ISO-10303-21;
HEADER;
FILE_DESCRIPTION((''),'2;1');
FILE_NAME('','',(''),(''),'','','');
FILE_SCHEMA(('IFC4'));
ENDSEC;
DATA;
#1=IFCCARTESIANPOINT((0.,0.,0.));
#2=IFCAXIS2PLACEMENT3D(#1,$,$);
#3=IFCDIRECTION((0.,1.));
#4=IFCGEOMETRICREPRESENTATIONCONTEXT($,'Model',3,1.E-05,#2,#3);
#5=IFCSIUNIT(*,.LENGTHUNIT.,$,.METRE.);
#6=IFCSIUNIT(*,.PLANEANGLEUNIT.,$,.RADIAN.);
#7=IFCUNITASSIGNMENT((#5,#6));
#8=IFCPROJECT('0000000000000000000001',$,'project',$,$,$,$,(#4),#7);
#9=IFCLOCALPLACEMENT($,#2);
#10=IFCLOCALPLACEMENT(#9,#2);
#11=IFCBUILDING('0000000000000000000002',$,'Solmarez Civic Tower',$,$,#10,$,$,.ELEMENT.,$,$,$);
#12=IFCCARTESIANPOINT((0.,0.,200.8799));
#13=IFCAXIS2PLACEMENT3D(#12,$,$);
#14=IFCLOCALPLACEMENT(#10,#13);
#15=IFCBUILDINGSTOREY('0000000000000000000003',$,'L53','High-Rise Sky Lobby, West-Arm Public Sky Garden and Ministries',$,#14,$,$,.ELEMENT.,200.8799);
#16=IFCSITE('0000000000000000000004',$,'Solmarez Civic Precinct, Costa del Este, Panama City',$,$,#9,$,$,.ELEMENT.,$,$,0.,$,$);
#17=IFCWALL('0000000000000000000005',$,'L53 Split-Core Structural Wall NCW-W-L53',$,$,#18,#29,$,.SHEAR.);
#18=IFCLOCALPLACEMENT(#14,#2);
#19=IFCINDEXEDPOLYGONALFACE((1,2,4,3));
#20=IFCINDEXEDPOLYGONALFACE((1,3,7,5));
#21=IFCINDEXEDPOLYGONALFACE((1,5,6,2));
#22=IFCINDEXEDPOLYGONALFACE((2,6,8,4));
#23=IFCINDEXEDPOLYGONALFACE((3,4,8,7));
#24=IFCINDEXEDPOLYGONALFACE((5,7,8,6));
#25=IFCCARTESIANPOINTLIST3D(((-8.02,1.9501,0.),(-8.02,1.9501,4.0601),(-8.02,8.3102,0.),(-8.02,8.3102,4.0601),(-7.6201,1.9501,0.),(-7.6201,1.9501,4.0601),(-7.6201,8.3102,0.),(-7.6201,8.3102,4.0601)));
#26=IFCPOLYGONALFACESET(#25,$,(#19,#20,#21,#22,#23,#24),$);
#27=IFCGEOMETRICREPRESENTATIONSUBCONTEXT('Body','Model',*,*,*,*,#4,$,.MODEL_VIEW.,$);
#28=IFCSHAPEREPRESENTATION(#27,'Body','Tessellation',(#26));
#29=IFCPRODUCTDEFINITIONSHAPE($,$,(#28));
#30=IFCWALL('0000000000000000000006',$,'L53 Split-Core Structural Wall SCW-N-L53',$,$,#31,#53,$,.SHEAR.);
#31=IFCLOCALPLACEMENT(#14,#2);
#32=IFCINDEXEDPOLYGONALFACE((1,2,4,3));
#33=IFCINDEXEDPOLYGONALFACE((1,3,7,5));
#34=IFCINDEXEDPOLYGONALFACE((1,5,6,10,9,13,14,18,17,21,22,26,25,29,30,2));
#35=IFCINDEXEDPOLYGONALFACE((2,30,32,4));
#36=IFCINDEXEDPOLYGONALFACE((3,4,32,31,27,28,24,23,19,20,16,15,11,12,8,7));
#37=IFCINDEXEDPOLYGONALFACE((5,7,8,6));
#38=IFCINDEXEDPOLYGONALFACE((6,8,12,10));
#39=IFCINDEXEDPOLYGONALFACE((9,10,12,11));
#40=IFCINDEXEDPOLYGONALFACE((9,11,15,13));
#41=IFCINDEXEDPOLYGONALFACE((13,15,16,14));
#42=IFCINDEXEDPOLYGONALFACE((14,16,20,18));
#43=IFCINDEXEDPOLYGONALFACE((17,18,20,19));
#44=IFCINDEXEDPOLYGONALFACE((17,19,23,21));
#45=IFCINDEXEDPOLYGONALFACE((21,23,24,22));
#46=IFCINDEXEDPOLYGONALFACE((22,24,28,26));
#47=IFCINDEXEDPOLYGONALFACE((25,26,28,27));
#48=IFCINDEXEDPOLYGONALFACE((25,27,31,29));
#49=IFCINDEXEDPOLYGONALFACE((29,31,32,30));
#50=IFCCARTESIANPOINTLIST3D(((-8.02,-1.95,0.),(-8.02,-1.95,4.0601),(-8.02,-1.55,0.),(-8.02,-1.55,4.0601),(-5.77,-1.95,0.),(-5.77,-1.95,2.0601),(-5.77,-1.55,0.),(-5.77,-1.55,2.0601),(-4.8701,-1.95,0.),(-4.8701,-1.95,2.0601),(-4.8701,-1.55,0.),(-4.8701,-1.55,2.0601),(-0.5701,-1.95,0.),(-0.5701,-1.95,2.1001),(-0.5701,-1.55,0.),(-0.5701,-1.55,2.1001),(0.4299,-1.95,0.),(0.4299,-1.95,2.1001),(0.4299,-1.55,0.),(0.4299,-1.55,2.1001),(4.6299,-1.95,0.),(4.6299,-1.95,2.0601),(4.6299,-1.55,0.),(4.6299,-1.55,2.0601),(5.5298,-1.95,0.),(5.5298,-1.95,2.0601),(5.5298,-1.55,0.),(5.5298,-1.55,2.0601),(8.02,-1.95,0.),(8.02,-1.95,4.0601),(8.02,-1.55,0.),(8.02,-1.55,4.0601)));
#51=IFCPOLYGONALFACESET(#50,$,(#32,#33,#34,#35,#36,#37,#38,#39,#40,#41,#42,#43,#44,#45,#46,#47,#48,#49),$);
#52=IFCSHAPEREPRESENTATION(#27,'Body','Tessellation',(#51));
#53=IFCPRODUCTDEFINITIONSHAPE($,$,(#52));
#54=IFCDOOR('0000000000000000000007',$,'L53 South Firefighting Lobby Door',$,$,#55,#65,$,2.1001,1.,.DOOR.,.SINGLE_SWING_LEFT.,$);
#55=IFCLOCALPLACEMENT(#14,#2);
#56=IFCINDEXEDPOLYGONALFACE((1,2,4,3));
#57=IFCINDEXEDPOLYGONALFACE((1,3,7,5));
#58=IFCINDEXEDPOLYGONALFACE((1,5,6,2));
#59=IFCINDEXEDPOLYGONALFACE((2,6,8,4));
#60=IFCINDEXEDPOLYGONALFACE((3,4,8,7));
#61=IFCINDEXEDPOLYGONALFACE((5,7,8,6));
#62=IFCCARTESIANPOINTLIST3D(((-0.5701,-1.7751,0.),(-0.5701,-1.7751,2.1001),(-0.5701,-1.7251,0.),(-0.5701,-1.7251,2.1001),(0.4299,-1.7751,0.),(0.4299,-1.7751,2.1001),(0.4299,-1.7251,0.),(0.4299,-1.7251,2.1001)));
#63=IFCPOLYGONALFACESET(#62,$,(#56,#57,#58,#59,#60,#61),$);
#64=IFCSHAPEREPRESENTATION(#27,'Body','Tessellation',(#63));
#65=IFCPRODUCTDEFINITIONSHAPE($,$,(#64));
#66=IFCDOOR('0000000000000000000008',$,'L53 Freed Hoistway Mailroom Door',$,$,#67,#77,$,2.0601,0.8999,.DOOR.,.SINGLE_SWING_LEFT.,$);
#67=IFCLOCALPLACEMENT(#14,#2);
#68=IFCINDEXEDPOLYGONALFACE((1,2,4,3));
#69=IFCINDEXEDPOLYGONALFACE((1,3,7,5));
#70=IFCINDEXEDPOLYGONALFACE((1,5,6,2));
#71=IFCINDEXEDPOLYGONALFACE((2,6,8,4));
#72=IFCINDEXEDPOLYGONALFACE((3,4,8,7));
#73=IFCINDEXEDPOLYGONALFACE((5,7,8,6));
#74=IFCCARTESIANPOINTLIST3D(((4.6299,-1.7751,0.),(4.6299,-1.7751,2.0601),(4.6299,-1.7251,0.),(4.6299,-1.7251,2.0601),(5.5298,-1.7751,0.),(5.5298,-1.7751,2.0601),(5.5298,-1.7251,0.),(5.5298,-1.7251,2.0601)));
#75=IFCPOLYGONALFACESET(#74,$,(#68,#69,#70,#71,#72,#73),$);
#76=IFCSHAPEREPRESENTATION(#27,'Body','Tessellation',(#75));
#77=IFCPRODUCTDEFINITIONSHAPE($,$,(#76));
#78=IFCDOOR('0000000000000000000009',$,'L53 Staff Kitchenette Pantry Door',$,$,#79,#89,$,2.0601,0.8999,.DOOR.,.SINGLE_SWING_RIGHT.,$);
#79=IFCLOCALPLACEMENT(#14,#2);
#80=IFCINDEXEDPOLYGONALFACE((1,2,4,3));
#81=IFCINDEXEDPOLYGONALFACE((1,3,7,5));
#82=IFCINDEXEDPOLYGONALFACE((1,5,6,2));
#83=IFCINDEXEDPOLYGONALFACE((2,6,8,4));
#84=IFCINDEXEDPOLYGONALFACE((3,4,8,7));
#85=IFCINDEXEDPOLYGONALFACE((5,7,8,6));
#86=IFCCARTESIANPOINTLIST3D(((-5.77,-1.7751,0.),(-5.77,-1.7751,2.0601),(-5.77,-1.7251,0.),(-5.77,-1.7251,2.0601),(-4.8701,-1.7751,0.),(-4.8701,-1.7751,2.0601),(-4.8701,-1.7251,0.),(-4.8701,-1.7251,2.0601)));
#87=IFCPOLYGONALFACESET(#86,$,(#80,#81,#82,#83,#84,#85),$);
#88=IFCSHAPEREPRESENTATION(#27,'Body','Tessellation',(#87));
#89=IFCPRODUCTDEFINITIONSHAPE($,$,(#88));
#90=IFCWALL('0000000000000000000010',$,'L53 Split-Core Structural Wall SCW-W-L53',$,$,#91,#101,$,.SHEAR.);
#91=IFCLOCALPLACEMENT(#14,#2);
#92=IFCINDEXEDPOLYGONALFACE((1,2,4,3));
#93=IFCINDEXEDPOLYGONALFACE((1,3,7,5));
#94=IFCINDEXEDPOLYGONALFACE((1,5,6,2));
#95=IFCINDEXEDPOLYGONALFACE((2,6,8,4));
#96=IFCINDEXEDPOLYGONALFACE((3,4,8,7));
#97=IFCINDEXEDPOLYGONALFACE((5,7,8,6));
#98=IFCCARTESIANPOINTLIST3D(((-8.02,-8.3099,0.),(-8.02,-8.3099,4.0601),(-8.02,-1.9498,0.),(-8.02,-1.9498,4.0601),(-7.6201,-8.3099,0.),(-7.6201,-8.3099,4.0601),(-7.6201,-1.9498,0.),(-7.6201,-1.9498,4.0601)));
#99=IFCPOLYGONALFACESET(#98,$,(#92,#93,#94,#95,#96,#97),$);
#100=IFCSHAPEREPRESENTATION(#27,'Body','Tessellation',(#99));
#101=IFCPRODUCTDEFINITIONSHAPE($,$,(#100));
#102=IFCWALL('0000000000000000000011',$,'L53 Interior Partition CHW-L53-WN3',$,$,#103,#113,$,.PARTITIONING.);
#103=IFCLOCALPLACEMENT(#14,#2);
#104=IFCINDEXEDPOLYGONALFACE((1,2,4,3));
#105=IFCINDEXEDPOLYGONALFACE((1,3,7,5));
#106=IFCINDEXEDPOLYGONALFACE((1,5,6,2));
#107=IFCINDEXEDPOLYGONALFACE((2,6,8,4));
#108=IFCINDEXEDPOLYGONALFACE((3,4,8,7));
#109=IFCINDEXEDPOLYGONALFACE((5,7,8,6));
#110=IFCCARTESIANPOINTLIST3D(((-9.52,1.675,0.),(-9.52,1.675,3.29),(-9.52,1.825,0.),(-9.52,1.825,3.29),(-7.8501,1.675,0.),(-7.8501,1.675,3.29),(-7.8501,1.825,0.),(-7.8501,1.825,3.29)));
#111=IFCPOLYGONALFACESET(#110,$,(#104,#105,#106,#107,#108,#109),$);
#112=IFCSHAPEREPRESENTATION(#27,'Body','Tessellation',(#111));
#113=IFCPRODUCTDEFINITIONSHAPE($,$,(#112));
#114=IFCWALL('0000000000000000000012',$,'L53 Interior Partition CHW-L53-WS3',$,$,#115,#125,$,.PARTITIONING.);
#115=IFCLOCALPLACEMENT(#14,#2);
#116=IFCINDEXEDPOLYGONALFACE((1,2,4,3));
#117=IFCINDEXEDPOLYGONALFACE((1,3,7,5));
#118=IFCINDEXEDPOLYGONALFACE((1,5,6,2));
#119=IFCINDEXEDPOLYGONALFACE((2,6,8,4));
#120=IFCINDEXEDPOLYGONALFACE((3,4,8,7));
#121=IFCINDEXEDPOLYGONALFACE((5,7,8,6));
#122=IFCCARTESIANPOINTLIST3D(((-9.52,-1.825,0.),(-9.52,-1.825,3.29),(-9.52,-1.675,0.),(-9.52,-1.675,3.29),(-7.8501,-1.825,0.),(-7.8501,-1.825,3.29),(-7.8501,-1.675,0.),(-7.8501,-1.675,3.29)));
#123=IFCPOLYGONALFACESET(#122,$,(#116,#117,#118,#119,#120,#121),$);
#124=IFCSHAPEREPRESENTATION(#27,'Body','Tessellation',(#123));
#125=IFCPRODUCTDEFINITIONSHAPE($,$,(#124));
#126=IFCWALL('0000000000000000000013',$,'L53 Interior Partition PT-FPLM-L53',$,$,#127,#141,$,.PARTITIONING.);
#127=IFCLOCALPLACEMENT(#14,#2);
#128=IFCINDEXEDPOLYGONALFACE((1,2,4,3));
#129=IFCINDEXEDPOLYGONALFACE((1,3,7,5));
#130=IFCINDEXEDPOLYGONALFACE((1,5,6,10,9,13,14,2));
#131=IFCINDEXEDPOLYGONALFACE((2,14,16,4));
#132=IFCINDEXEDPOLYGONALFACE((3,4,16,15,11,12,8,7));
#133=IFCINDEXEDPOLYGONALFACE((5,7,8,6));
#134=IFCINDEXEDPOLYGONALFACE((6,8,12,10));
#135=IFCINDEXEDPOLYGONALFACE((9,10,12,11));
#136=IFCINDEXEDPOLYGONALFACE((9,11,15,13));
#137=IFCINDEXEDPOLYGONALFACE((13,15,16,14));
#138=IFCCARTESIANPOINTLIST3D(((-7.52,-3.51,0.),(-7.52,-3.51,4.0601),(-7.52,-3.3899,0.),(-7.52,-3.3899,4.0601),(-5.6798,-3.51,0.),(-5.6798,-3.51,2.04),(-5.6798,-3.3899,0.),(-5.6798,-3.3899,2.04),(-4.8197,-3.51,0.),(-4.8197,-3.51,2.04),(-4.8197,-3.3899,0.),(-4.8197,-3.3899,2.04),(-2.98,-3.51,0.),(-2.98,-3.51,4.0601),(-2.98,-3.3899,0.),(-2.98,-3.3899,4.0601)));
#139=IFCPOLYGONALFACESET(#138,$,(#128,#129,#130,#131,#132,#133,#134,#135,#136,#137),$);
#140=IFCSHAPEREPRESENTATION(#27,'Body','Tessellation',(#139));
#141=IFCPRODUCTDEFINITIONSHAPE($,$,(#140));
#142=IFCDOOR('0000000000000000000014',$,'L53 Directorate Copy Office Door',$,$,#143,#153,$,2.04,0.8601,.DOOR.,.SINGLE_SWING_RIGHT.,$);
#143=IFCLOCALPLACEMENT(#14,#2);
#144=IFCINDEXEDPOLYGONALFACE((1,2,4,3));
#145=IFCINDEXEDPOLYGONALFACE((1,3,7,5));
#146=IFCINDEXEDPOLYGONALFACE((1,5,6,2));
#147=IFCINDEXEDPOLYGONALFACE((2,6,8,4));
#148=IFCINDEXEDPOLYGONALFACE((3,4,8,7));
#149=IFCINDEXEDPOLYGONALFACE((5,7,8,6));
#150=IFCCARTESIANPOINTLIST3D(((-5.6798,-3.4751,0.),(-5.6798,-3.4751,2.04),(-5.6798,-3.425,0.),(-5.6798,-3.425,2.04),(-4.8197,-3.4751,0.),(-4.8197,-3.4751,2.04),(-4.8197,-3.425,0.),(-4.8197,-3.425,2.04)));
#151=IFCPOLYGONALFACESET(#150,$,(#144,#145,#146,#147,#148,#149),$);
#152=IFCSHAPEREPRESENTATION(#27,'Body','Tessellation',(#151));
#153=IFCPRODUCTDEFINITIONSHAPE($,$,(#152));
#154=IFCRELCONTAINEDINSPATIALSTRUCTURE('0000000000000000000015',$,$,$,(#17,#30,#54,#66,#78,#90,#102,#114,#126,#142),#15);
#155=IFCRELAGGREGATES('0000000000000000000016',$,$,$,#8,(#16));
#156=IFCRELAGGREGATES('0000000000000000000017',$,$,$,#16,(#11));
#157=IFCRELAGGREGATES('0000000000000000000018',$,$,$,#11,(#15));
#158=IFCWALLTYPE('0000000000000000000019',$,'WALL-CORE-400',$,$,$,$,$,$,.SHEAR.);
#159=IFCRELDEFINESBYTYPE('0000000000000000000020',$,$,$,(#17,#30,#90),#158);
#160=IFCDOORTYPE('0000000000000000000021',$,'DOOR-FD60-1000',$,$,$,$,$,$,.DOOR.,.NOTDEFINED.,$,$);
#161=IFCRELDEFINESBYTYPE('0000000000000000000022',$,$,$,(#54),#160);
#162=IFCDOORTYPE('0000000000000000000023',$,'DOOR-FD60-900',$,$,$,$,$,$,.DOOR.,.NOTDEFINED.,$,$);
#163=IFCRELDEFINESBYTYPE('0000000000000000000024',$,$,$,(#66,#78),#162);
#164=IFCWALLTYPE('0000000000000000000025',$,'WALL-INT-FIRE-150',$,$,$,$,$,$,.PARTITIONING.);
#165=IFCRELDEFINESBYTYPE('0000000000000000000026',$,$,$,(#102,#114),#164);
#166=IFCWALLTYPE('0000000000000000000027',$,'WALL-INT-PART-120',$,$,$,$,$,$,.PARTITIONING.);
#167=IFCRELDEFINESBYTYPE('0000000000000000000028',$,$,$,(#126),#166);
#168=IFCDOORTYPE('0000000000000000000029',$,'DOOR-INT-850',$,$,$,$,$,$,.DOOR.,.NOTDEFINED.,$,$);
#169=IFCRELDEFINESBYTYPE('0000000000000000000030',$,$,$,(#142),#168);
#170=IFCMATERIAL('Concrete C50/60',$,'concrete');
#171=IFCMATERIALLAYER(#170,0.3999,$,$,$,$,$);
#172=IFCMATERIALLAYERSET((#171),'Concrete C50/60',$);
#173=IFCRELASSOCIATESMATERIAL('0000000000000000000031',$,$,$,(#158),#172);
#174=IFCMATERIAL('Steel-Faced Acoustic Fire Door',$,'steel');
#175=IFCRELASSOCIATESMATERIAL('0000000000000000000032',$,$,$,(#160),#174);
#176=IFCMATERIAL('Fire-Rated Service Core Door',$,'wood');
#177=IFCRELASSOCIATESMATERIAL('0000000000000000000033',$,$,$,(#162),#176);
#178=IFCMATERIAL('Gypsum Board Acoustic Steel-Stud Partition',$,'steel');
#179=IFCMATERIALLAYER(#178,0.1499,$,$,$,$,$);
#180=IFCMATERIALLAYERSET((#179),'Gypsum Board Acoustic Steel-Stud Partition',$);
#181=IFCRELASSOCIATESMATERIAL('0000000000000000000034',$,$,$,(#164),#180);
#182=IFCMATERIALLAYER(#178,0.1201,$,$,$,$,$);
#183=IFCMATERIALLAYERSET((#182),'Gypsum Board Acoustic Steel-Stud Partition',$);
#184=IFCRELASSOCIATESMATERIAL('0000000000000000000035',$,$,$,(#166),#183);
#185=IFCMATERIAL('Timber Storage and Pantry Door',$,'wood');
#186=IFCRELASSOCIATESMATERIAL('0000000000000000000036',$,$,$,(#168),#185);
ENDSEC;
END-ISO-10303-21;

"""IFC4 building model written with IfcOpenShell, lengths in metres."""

from ifc_helpers import new_model, si_unit, direction, frame, frame_2d, origin, place, context, subcontext, project, spatial, rectangle, extrude, material, layer, layer_set, type_object, element, fill, save


model = new_model("IFC4")

# Units and contexts
model_context = context("Model", 3, precision=1e-05, world=origin(), true_north=direction((0.0, 1.0)))
body_context = subcontext(model_context, "Body", "Model", "MODEL_VIEW")
ifc_project = project(units=[si_unit("LENGTHUNIT", "METRE"), si_unit("PLANEANGLEUNIT", "RADIAN")], contexts=[model_context])

# Site, building, storey
site_placement = place(None, origin())
site = spatial("IfcSite", under=ifc_project, at=site_placement, Name="Solmarez Civic Precinct, Costa del Este, Panama City", CompositionType="ELEMENT", RefElevation=0.0)
building_placement = place(site_placement, origin())
building = spatial("IfcBuilding", under=site, at=building_placement, Name="Solmarez Civic Tower", CompositionType="ELEMENT")
storey_placement = place(building_placement, frame((0.0, 0.0, 200.8799)))
storey = spatial("IfcBuildingStorey", under=building, at=storey_placement, Name="L53", Description="High-Rise Sky Lobby, West-Arm Public Sky Garden and Ministries", CompositionType="ELEMENT", Elevation=200.8799)

# Wall
ifc_material_1 = material(Name="Concrete C50/60", Category="concrete")
ifc_layer_1 = layer(ifc_material_1, 0.3999)
ifc_layer_set_1 = layer_set([ifc_layer_1], Name="Concrete C50/60")
wall_type_1 = type_object("IfcWallType", Name="WALL-CORE-400", PredefinedType="SHEAR", material=ifc_layer_set_1)
wall_1_placement = place(storey_placement, frame((-7.8201, 1.95, 0.0), z_axis=(0.0, 0.0, 1.0), x_axis=(0.0, 1.0, 0.0)))
element("IfcWall", 1, at=wall_1_placement, inside=storey, type_object=wall_type_1, Name="L53 Split-Core Structural Wall NCW-W-L53", PredefinedType="SHEAR", context=body_context, shape_type="SweptSolid", body=[
    extrude(rectangle(XDim=6.3601, YDim=0.3999, at=frame_2d((3.1802, 0.0))), origin(), (0.0, 0.0, 1.0), 4.0601),
])

# Wall, openings, doors
wall_2_placement = place(storey_placement, frame((-8.02, -1.75, 0.0), z_axis=(0.0, 0.0, 1.0), x_axis=(1.0, 0.0, 0.0)))
wall_2 = element("IfcWall", 2, at=wall_2_placement, inside=storey, type_object=wall_type_1, Name="L53 Split-Core Structural Wall SCW-N-L53", PredefinedType="SHEAR", context=body_context, shape_type="SweptSolid", body=[
    extrude(rectangle(XDim=16.04, YDim=0.3999, at=frame_2d((8.02, 0.0))), origin(), (0.0, 0.0, 1.0), 4.0601),
])
opening_1_placement = place(wall_2_placement, frame((7.45, 0.0, 0.0)))
opening_1 = element("IfcOpeningElement", 3, at=opening_1_placement, cuts=wall_2, PredefinedType="OPENING", context=body_context, shape_type="SweptSolid", body=[
    extrude(rectangle(XDim=1.0, YDim=2.1001, at=frame_2d((0.5, 1.05))), frame((0.0, 0.21, 0.0), z_axis=(0.0, -1.0, 0.0), x_axis=(1.0, 0.0, 0.0)), (0.0, 0.0, 1.0), 0.4199),
])
opening_2_placement = place(wall_2_placement, frame((12.6499, 0.0, 0.0)))
opening_2 = element("IfcOpeningElement", 4, at=opening_2_placement, cuts=wall_2, PredefinedType="OPENING", context=body_context, shape_type="SweptSolid", body=[
    extrude(rectangle(XDim=0.8999, YDim=2.0601, at=frame_2d((0.45, 1.03))), frame((0.0, 0.21, 0.0), z_axis=(0.0, -1.0, 0.0), x_axis=(1.0, 0.0, 0.0)), (0.0, 0.0, 1.0), 0.4199),
])
opening_3_placement = place(wall_2_placement, frame((2.25, 0.0, 0.0)))
opening_3 = element("IfcOpeningElement", 5, at=opening_3_placement, cuts=wall_2, PredefinedType="OPENING", context=body_context, shape_type="SweptSolid", body=[
    extrude(rectangle(XDim=0.8999, YDim=2.0601, at=frame_2d((0.45, 1.03))), frame((0.0, 0.21, 0.0), z_axis=(0.0, -1.0, 0.0), x_axis=(1.0, 0.0, 0.0)), (0.0, 0.0, 1.0), 0.4199),
])
ifc_material_2 = material(Name="Steel-Faced Acoustic Fire Door", Category="steel")
door_type_1 = type_object("IfcDoorType", Name="DOOR-FD60-1000", OperationType="NOTDEFINED", PredefinedType="DOOR", material=ifc_material_2)
door_1_placement = place(opening_1_placement, origin())
door_1 = element("IfcDoor", 6, at=door_1_placement, inside=storey, type_object=door_type_1, Name="L53 South Firefighting Lobby Door", OperationType="SINGLE_SWING_LEFT", OverallHeight=2.1001, OverallWidth=1.0, PredefinedType="DOOR", context=body_context, shape_type="SweptSolid", body=[
    extrude(rectangle(XDim=1.0, YDim=2.1001, at=frame_2d((0.5, 1.05))), frame((0.0, 0.0249, 0.0), z_axis=(0.0, -1.0, 0.0), x_axis=(1.0, 0.0, 0.0)), (0.0, 0.0, 1.0), 0.05),
])
fill(opening_1, door_1)
ifc_material_3 = material(Name="Fire-Rated Service Core Door", Category="wood")
door_type_2 = type_object("IfcDoorType", Name="DOOR-FD60-900", OperationType="NOTDEFINED", PredefinedType="DOOR", material=ifc_material_3)
door_2_placement = place(opening_2_placement, origin())
door_2 = element("IfcDoor", 7, at=door_2_placement, inside=storey, type_object=door_type_2, Name="L53 Freed Hoistway Mailroom Door", OperationType="SINGLE_SWING_LEFT", OverallHeight=2.0601, OverallWidth=0.8999, PredefinedType="DOOR", context=body_context, shape_type="SweptSolid", body=[
    extrude(rectangle(XDim=0.8999, YDim=2.0601, at=frame_2d((0.45, 1.03))), frame((0.0, 0.0249, 0.0), z_axis=(0.0, -1.0, 0.0), x_axis=(1.0, 0.0, 0.0)), (0.0, 0.0, 1.0), 0.05),
])
fill(opening_2, door_2)
door_3_placement = place(opening_3_placement, origin())
door_3 = element("IfcDoor", 8, at=door_3_placement, inside=storey, type_object=door_type_2, Name="L53 Staff Kitchenette Pantry Door", OperationType="SINGLE_SWING_RIGHT", OverallHeight=2.0601, OverallWidth=0.8999, PredefinedType="DOOR", context=body_context, shape_type="SweptSolid", body=[
    extrude(rectangle(XDim=0.8999, YDim=2.0601, at=frame_2d((0.45, 1.03))), frame((0.0, 0.0249, 0.0), z_axis=(0.0, -1.0, 0.0), x_axis=(1.0, 0.0, 0.0)), (0.0, 0.0, 1.0), 0.05),
])
fill(opening_3, door_3)

# Walls
wall_3_placement = place(storey_placement, frame((-7.8201, -8.3101, 0.0), z_axis=(0.0, 0.0, 1.0), x_axis=(0.0, 1.0, 0.0)))
element("IfcWall", 9, at=wall_3_placement, inside=storey, type_object=wall_type_1, Name="L53 Split-Core Structural Wall SCW-W-L53", PredefinedType="SHEAR", context=body_context, shape_type="SweptSolid", body=[
    extrude(rectangle(XDim=6.3601, YDim=0.3999, at=frame_2d((3.1802, 0.0))), origin(), (0.0, 0.0, 1.0), 4.0601),
])
ifc_material_4 = material(Name="Gypsum Board Acoustic Steel-Stud Partition", Category="steel")
ifc_layer_2 = layer(ifc_material_4, 0.1499)
ifc_layer_set_2 = layer_set([ifc_layer_2], Name="Gypsum Board Acoustic Steel-Stud Partition")
wall_type_2 = type_object("IfcWallType", Name="WALL-INT-FIRE-150", PredefinedType="PARTITIONING", material=ifc_layer_set_2)
for number, where, z_axis, x_axis, name in (
    (10, (-7.8501, 1.75, 0.0), (0.0, 0.0, 1.0), (-1.0, 0.0, 0.0), "L53 Interior Partition CHW-L53-WN3"),
    (11, (-7.8501, -1.75, 0.0), (0.0, 0.0, 1.0), (-1.0, 0.0, 0.0), "L53 Interior Partition CHW-L53-WS3"),
):
    element("IfcWall", number, at=place(storey_placement, frame(where, z_axis=z_axis, x_axis=x_axis)), inside=storey, type_object=wall_type_2, Name=name, PredefinedType="PARTITIONING", context=body_context, shape_type="SweptSolid", body=[
        extrude(rectangle(XDim=1.6699, YDim=0.1499, at=frame_2d((0.835, 0.0))), origin(), (0.0, 0.0, 1.0), 3.29),
    ])

# Wall, opening, door
ifc_layer_3 = layer(ifc_material_4, 0.1201)
ifc_layer_set_3 = layer_set([ifc_layer_3], Name="Gypsum Board Acoustic Steel-Stud Partition")
wall_type_3 = type_object("IfcWallType", Name="WALL-INT-PART-120", PredefinedType="PARTITIONING", material=ifc_layer_set_3)
wall_4_placement = place(storey_placement, frame((-7.52, -3.45, 0.0), z_axis=(0.0, 0.0, 1.0), x_axis=(1.0, 0.0, 0.0)))
wall_4 = element("IfcWall", 12, at=wall_4_placement, inside=storey, type_object=wall_type_3, Name="L53 Interior Partition PT-FPLM-L53", PredefinedType="PARTITIONING", context=body_context, shape_type="SweptSolid", body=[
    extrude(rectangle(XDim=4.54, YDim=0.1201, at=frame_2d((2.27, 0.0))), origin(), (0.0, 0.0, 1.0), 4.0601),
])
opening_4_placement = place(wall_4_placement, frame((1.8401, 0.0, 0.0)))
opening_4 = element("IfcOpeningElement", 13, at=opening_4_placement, cuts=wall_4, PredefinedType="OPENING", context=body_context, shape_type="SweptSolid", body=[
    extrude(rectangle(XDim=0.8601, YDim=2.04, at=frame_2d((0.4302, 1.02))), frame((0.0, 0.0701, 0.0), z_axis=(0.0, -1.0, 0.0), x_axis=(1.0, 0.0, 0.0)), (0.0, 0.0, 1.0), 0.1401),
])
ifc_material_5 = material(Name="Timber Storage and Pantry Door", Category="wood")
door_type_3 = type_object("IfcDoorType", Name="DOOR-INT-850", OperationType="NOTDEFINED", PredefinedType="DOOR", material=ifc_material_5)
door_4_placement = place(opening_4_placement, origin())
door_4 = element("IfcDoor", 14, at=door_4_placement, inside=storey, type_object=door_type_3, Name="L53 Directorate Copy Office Door", OperationType="SINGLE_SWING_RIGHT", OverallHeight=2.04, OverallWidth=0.8601, PredefinedType="DOOR", context=body_context, shape_type="SweptSolid", body=[
    extrude(rectangle(XDim=0.8601, YDim=2.04, at=frame_2d((0.4302, 1.02))), frame((0.0, 0.0249, 0.0), z_axis=(0.0, -1.0, 0.0), x_axis=(1.0, 0.0, 0.0)), (0.0, 0.0, 1.0), 0.05),
])
fill(opening_4, door_4)

save(model, "model.ifc")
